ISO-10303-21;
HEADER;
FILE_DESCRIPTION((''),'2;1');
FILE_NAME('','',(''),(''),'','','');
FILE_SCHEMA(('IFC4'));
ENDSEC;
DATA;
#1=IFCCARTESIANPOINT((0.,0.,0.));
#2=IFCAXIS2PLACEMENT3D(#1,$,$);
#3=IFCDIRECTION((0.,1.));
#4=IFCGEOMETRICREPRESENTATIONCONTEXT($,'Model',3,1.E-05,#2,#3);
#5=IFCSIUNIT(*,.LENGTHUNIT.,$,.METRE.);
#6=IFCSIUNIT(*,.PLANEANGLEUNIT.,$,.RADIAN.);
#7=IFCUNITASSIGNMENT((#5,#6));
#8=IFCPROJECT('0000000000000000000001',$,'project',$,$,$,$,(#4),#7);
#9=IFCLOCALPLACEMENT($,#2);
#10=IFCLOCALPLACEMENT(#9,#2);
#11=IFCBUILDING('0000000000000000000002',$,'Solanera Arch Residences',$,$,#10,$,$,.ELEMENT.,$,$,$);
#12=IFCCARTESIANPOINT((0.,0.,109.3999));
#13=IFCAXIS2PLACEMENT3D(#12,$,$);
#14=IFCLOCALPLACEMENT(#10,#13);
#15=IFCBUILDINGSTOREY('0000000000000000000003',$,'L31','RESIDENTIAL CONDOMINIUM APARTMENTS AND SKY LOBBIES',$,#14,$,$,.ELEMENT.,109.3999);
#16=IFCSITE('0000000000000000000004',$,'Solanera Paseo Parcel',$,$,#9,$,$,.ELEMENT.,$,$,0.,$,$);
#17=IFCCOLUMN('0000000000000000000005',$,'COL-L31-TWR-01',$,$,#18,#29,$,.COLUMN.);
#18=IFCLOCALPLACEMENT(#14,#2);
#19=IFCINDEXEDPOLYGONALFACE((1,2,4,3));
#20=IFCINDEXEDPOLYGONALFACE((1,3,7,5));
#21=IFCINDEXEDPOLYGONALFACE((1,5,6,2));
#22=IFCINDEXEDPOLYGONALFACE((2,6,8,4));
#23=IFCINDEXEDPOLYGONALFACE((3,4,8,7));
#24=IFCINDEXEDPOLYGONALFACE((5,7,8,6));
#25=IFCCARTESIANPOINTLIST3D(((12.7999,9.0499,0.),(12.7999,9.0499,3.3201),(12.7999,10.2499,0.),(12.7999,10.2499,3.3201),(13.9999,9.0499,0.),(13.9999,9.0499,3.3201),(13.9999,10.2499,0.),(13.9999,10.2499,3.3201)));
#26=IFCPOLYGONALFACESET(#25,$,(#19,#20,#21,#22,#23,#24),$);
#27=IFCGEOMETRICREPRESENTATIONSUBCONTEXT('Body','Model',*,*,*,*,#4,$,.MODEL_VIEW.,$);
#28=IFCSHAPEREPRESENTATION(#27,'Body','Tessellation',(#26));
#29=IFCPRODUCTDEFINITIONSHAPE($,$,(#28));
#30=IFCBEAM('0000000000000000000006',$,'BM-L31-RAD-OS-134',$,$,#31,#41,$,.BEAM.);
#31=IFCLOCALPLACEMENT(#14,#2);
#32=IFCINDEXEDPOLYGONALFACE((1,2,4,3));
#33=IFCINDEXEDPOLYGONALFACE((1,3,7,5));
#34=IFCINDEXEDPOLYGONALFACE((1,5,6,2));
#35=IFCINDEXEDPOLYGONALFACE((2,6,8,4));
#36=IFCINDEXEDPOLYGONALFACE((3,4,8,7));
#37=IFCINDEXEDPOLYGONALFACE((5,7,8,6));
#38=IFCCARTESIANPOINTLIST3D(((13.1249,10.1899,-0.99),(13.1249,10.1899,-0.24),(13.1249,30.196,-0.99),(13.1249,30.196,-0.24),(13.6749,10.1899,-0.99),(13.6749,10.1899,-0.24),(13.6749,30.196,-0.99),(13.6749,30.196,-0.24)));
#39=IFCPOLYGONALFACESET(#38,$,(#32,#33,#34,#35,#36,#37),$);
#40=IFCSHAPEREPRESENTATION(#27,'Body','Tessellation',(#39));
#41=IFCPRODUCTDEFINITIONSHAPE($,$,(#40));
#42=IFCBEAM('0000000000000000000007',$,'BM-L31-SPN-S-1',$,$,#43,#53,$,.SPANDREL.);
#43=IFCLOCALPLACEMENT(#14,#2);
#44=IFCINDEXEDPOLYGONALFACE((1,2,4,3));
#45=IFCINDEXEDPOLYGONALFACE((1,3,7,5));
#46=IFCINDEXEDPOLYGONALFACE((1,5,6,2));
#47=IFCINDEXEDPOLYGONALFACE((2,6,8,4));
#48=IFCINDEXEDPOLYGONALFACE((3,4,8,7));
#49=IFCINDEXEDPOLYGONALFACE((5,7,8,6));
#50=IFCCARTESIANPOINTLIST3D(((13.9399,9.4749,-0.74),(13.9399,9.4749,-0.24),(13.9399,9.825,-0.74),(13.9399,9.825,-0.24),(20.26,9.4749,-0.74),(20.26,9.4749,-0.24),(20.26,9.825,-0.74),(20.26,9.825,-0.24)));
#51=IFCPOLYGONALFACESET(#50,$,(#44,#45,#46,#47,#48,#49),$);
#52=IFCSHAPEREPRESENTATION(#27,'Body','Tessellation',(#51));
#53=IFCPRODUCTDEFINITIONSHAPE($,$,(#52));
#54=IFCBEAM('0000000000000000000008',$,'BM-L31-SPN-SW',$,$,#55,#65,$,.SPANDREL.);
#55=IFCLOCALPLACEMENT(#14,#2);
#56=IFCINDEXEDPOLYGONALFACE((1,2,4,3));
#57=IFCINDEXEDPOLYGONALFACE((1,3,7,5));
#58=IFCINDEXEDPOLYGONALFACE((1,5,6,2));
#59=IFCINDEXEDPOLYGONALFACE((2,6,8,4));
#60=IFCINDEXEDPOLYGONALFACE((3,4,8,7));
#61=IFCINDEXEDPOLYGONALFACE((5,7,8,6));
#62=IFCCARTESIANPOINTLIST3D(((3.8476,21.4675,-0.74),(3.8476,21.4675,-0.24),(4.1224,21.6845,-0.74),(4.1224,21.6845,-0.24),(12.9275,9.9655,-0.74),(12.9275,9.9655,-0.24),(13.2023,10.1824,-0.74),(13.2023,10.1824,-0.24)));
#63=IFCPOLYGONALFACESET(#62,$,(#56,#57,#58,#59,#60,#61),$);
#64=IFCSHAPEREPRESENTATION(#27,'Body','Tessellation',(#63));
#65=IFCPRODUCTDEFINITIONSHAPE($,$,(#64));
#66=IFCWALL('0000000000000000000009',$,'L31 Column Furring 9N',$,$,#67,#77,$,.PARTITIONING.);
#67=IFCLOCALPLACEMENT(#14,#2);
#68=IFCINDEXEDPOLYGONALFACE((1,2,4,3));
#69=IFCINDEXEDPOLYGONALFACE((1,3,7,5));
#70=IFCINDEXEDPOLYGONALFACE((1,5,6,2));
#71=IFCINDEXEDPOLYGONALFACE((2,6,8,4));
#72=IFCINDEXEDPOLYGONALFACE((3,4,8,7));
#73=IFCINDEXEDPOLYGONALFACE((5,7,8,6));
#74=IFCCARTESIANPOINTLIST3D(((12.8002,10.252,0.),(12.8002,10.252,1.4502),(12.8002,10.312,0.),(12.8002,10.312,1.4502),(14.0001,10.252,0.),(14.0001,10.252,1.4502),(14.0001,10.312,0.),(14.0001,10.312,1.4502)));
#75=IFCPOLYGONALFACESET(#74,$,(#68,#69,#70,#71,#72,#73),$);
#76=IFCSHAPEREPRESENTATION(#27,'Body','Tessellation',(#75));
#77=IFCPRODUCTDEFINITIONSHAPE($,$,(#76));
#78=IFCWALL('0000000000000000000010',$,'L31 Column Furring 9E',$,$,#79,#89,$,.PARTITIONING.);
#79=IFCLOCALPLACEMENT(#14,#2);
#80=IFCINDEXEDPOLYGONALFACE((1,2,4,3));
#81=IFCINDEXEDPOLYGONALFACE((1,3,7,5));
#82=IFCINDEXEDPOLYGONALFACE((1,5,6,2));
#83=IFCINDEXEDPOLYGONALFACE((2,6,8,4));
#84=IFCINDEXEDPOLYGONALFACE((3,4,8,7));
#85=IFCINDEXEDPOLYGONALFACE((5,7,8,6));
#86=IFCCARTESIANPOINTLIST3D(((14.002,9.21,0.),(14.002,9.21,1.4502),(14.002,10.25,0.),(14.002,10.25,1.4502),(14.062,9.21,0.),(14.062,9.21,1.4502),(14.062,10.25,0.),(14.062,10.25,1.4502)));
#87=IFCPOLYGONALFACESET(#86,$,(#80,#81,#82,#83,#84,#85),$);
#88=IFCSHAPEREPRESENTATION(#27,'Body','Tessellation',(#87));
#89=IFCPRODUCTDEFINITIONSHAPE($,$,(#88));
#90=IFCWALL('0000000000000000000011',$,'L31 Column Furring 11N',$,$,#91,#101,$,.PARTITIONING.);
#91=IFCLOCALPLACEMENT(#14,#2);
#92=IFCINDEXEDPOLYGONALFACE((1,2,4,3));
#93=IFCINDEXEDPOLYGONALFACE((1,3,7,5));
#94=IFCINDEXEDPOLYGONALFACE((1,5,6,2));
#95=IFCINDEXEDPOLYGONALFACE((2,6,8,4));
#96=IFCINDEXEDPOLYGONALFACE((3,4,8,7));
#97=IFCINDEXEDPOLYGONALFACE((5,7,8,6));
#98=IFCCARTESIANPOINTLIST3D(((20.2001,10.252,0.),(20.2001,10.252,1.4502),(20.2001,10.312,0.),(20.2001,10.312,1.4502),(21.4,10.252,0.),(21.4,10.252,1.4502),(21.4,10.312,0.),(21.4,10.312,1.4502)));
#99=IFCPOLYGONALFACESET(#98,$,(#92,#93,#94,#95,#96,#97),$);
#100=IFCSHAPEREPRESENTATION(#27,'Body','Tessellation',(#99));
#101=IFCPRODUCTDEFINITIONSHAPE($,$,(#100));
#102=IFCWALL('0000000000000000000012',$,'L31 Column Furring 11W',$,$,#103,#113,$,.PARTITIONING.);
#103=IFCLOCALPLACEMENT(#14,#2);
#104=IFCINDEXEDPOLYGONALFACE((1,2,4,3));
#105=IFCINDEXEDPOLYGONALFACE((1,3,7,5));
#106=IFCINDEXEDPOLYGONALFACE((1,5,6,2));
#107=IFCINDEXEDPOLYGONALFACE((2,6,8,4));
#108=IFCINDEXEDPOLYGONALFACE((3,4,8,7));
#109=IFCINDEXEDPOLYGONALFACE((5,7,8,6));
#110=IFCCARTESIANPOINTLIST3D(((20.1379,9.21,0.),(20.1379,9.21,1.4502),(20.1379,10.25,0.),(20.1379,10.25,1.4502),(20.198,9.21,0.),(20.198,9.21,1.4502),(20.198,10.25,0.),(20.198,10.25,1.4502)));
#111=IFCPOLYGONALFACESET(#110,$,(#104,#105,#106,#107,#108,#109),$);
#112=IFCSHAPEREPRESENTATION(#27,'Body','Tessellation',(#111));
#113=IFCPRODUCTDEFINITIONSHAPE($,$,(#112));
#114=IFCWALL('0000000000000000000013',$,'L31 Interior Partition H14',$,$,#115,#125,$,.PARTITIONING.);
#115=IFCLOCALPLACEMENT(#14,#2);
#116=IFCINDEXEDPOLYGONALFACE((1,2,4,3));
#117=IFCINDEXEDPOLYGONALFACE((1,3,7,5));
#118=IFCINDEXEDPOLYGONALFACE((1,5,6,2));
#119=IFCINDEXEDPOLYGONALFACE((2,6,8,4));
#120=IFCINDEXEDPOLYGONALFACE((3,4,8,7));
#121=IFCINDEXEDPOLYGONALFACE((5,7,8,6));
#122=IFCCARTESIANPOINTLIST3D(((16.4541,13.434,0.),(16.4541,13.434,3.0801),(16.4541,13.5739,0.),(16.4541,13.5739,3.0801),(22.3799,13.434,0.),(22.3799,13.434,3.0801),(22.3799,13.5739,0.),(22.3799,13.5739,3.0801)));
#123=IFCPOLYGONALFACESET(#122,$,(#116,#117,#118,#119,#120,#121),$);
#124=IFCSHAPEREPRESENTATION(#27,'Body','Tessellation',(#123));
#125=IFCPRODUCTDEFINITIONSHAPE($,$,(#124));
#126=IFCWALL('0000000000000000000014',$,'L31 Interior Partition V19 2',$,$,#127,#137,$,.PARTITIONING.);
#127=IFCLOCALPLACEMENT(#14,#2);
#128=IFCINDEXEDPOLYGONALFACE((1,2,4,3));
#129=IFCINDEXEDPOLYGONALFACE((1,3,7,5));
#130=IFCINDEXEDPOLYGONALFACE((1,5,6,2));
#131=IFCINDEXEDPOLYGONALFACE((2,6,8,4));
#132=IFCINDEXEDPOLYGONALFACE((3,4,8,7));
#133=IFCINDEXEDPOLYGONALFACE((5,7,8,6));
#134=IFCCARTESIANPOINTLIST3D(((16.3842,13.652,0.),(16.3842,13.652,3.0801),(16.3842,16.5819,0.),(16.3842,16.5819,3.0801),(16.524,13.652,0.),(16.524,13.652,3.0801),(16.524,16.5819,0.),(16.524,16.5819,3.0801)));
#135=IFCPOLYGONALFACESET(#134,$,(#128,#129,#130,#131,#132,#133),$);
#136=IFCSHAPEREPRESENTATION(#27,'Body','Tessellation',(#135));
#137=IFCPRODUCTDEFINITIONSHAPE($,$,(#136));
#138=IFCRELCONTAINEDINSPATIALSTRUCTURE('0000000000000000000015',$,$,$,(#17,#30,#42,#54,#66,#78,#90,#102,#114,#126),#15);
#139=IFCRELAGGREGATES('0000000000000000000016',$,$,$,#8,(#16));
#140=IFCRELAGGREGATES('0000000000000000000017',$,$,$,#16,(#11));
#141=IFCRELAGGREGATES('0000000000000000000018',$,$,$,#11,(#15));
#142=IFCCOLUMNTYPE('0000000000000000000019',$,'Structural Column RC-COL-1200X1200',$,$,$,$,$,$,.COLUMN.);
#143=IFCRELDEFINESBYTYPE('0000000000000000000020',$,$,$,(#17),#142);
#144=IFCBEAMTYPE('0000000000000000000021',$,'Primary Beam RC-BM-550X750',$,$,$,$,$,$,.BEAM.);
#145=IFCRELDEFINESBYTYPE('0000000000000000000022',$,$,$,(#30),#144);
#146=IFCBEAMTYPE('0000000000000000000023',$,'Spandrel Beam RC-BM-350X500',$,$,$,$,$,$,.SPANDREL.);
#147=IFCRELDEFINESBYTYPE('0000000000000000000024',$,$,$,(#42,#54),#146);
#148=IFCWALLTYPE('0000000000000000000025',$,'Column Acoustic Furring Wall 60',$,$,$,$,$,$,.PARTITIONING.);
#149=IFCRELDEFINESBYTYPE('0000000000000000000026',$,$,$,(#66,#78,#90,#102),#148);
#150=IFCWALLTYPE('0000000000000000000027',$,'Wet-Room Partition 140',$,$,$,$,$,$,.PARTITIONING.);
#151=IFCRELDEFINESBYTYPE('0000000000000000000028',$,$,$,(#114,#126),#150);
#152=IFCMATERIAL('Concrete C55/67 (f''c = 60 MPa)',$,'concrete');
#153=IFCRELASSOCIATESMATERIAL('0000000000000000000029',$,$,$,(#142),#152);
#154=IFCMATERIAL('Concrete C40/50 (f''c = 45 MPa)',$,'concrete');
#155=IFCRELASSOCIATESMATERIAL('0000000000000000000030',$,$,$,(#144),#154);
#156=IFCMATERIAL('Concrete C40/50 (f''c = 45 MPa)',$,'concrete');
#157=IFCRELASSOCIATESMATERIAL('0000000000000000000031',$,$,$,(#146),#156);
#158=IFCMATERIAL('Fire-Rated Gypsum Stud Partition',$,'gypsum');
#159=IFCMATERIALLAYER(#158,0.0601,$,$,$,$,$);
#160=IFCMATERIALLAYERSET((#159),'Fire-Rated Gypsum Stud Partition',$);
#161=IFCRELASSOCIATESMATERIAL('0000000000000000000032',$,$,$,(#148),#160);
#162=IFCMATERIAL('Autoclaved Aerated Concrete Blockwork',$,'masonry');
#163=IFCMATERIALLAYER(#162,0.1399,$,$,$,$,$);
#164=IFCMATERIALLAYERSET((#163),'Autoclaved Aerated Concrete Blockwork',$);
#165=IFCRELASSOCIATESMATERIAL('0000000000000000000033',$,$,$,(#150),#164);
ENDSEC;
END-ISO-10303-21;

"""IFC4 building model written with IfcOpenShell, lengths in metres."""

from ifc_helpers import new_model, si_unit, direction, frame, frame_2d, origin, origin_2d, place, context, subcontext, project, spatial, rectangle, extrude, material, layer, layer_set, material_profile, profile_set, type_object, element, save


model = new_model("IFC4")

# Units and contexts
model_context = context("Model", 3, precision=1e-05, world=origin(), true_north=direction((0.0, 1.0)))
body_context = subcontext(model_context, "Body", "Model", "MODEL_VIEW")
ifc_project = project(units=[si_unit("LENGTHUNIT", "METRE"), si_unit("PLANEANGLEUNIT", "RADIAN")], contexts=[model_context])

# Site, building, storey
site_placement = place(None, origin())
site = spatial("IfcSite", under=ifc_project, at=site_placement, Name="Solanera Paseo Parcel", CompositionType="ELEMENT", RefElevation=0.0)
building_placement = place(site_placement, origin())
building = spatial("IfcBuilding", under=site, at=building_placement, Name="Solanera Arch Residences", CompositionType="ELEMENT")
storey_placement = place(building_placement, frame((0.0, 0.0, 109.3999)))
storey = spatial("IfcBuildingStorey", under=building, at=storey_placement, Name="L31", Description="RESIDENTIAL CONDOMINIUM APARTMENTS AND SKY LOBBIES", CompositionType="ELEMENT", Elevation=109.3999)

# Column
ifc_material_1 = material(Name="Concrete C55/67 (f'c = 60 MPa)", Category="concrete")
ifc_material_profile_1 = material_profile(ifc_material_1, rectangle(XDim=1.2, YDim=1.2, at=origin_2d()))
ifc_profile_set_1 = profile_set([ifc_material_profile_1], Name="Concrete C55/67 (f'c = 60 MPa)")
column_type = type_object("IfcColumnType", Name="Structural Column RC-COL-1200X1200", PredefinedType="COLUMN", material=ifc_profile_set_1)
column_placement = place(storey_placement, frame((13.3999, 9.6499, 0.0), z_axis=(0.0, 0.0, 1.0), x_axis=(1.0, 0.0, 0.0)))
element("IfcColumn", 1, at=column_placement, inside=storey, type_object=column_type, Name="COL-L31-TWR-01", PredefinedType="COLUMN", context=body_context, shape_type="SweptSolid", body=[
    extrude(rectangle(XDim=1.2, YDim=1.2, at=origin_2d()), origin(), (0.0, 0.0, 1.0), 3.3201),
])

# Beams
ifc_material_2 = material(Name="Concrete C40/50 (f'c = 45 MPa)", Category="concrete")
ifc_material_profile_2 = material_profile(ifc_material_2, rectangle(XDim=0.55, YDim=0.75, at=origin_2d()))
ifc_profile_set_2 = profile_set([ifc_material_profile_2], Name="Concrete C40/50 (f'c = 45 MPa)")
beam_type_1 = type_object("IfcBeamType", Name="Primary Beam RC-BM-550X750", PredefinedType="BEAM", material=ifc_profile_set_2)
beam_1_placement = place(storey_placement, frame((13.3999, 10.1899, -0.615), z_axis=(0.0, 1.0, 0.0), x_axis=(-1.0, 0.0, 0.0)))
element("IfcBeam", 2, at=beam_1_placement, inside=storey, type_object=beam_type_1, Name="BM-L31-RAD-OS-134", PredefinedType="BEAM", context=body_context, shape_type="SweptSolid", body=[
    extrude(rectangle(XDim=0.55, YDim=0.75, at=origin_2d()), origin(), (0.0, 0.0, 1.0), 20.0061),
])
ifc_material_3 = material(Name="Concrete C40/50 (f'c = 45 MPa)", Category="concrete")
ifc_material_profile_3 = material_profile(ifc_material_3, rectangle(XDim=0.3501, YDim=0.5, at=origin_2d()))
ifc_profile_set_3 = profile_set([ifc_material_profile_3], Name="Concrete C40/50 (f'c = 45 MPa)")
beam_type_2 = type_object("IfcBeamType", Name="Spandrel Beam RC-BM-350X500", PredefinedType="SPANDREL", material=ifc_profile_set_3)
beam_2_placement = place(storey_placement, frame((13.9399, 9.6499, -0.49), z_axis=(1.0, 0.0, 0.0), x_axis=(0.0, 1.0, 0.0)))
element("IfcBeam", 3, at=beam_2_placement, inside=storey, type_object=beam_type_2, Name="BM-L31-SPN-S-1", PredefinedType="SPANDREL", context=body_context, shape_type="SweptSolid", body=[
    extrude(rectangle(XDim=0.3501, YDim=0.5, at=origin_2d()), origin(), (0.0, 0.0, 1.0), 6.3201),
])
beam_3_placement = place(storey_placement, frame((13.0649, 10.074, -0.49), z_axis=(-0.619617, 0.784905, 0.0), x_axis=(-0.784905, -0.619617, 0.0)))
element("IfcBeam", 4, at=beam_3_placement, inside=storey, type_object=beam_type_2, Name="BM-L31-SPN-SW", PredefinedType="SPANDREL", context=body_context, shape_type="SweptSolid", body=[
    extrude(rectangle(XDim=0.3501, YDim=0.5, at=origin_2d()), origin(), (0.0, 0.0, 1.0), 14.6541),
])

# Walls
ifc_material_4 = material(Name="Fire-Rated Gypsum Stud Partition", Category="gypsum")
ifc_layer_1 = layer(ifc_material_4, 0.0601)
ifc_layer_set_1 = layer_set([ifc_layer_1], Name="Fire-Rated Gypsum Stud Partition")
wall_type_1 = type_object("IfcWallType", Name="Column Acoustic Furring Wall 60", PredefinedType="PARTITIONING", material=ifc_layer_set_1)
wall_1_placement = place(storey_placement, frame((12.8, 10.282, 0.0), z_axis=(0.0, 0.0, 1.0), x_axis=(1.0, 0.0, 0.0)))
element("IfcWall", 5, at=wall_1_placement, inside=storey, type_object=wall_type_1, Name="L31 Column Furring 9N", PredefinedType="PARTITIONING", context=body_context, shape_type="SweptSolid", body=[
    extrude(rectangle(XDim=1.2, YDim=0.0601, at=frame_2d((0.6001, 0.0))), origin(), (0.0, 0.0, 1.0), 1.4502),
])
wall_2_placement = place(storey_placement, frame((14.032, 9.21, 0.0), z_axis=(0.0, 0.0, 1.0), x_axis=(0.0, 1.0, 0.0)))
element("IfcWall", 6, at=wall_2_placement, inside=storey, type_object=wall_type_1, Name="L31 Column Furring 9E", PredefinedType="PARTITIONING", context=body_context, shape_type="SweptSolid", body=[
    extrude(rectangle(XDim=1.04, YDim=0.0601, at=frame_2d((0.52, 0.0))), origin(), (0.0, 0.0, 1.0), 1.4502),
])
wall_3_placement = place(storey_placement, frame((20.2, 10.282, 0.0), z_axis=(0.0, 0.0, 1.0), x_axis=(1.0, 0.0, 0.0)))
element("IfcWall", 7, at=wall_3_placement, inside=storey, type_object=wall_type_1, Name="L31 Column Furring 11N", PredefinedType="PARTITIONING", context=body_context, shape_type="SweptSolid", body=[
    extrude(rectangle(XDim=1.2, YDim=0.0601, at=frame_2d((0.6001, 0.0))), origin(), (0.0, 0.0, 1.0), 1.4502),
])
wall_4_placement = place(storey_placement, frame((20.168, 9.21, 0.0), z_axis=(0.0, 0.0, 1.0), x_axis=(0.0, 1.0, 0.0)))
element("IfcWall", 8, at=wall_4_placement, inside=storey, type_object=wall_type_1, Name="L31 Column Furring 11W", PredefinedType="PARTITIONING", context=body_context, shape_type="SweptSolid", body=[
    extrude(rectangle(XDim=1.04, YDim=0.0601, at=frame_2d((0.52, 0.0))), origin(), (0.0, 0.0, 1.0), 1.4502),
])
ifc_material_5 = material(Name="Autoclaved Aerated Concrete Blockwork", Category="masonry")
ifc_layer_2 = layer(ifc_material_5, 0.1399)
ifc_layer_set_2 = layer_set([ifc_layer_2], Name="Autoclaved Aerated Concrete Blockwork")
wall_type_2 = type_object("IfcWallType", Name="Wet-Room Partition 140", PredefinedType="PARTITIONING", material=ifc_layer_set_2)
wall_5_placement = place(storey_placement, frame((16.4541, 13.5039, 0.0), z_axis=(0.0, 0.0, 1.0), x_axis=(1.0, 0.0, 0.0)))
element("IfcWall", 9, at=wall_5_placement, inside=storey, type_object=wall_type_2, Name="L31 Interior Partition H14", PredefinedType="PARTITIONING", context=body_context, shape_type="SweptSolid", body=[
    extrude(rectangle(XDim=5.9258, YDim=0.1399, at=frame_2d((2.9629, 0.0))), origin(), (0.0, 0.0, 1.0), 3.0801),
])
wall_6_placement = place(storey_placement, frame((16.4541, 13.6521, 0.0), z_axis=(0.0, 0.0, 1.0), x_axis=(0.0, 1.0, 0.0)))
element("IfcWall", 10, at=wall_6_placement, inside=storey, type_object=wall_type_2, Name="L31 Interior Partition V19 2", PredefinedType="PARTITIONING", context=body_context, shape_type="SweptSolid", body=[
    extrude(rectangle(XDim=2.9299, YDim=0.1399, at=frame_2d((1.4648, 0.0))), origin(), (0.0, 0.0, 1.0), 3.0801),
])

save(model, "model.ifc")
